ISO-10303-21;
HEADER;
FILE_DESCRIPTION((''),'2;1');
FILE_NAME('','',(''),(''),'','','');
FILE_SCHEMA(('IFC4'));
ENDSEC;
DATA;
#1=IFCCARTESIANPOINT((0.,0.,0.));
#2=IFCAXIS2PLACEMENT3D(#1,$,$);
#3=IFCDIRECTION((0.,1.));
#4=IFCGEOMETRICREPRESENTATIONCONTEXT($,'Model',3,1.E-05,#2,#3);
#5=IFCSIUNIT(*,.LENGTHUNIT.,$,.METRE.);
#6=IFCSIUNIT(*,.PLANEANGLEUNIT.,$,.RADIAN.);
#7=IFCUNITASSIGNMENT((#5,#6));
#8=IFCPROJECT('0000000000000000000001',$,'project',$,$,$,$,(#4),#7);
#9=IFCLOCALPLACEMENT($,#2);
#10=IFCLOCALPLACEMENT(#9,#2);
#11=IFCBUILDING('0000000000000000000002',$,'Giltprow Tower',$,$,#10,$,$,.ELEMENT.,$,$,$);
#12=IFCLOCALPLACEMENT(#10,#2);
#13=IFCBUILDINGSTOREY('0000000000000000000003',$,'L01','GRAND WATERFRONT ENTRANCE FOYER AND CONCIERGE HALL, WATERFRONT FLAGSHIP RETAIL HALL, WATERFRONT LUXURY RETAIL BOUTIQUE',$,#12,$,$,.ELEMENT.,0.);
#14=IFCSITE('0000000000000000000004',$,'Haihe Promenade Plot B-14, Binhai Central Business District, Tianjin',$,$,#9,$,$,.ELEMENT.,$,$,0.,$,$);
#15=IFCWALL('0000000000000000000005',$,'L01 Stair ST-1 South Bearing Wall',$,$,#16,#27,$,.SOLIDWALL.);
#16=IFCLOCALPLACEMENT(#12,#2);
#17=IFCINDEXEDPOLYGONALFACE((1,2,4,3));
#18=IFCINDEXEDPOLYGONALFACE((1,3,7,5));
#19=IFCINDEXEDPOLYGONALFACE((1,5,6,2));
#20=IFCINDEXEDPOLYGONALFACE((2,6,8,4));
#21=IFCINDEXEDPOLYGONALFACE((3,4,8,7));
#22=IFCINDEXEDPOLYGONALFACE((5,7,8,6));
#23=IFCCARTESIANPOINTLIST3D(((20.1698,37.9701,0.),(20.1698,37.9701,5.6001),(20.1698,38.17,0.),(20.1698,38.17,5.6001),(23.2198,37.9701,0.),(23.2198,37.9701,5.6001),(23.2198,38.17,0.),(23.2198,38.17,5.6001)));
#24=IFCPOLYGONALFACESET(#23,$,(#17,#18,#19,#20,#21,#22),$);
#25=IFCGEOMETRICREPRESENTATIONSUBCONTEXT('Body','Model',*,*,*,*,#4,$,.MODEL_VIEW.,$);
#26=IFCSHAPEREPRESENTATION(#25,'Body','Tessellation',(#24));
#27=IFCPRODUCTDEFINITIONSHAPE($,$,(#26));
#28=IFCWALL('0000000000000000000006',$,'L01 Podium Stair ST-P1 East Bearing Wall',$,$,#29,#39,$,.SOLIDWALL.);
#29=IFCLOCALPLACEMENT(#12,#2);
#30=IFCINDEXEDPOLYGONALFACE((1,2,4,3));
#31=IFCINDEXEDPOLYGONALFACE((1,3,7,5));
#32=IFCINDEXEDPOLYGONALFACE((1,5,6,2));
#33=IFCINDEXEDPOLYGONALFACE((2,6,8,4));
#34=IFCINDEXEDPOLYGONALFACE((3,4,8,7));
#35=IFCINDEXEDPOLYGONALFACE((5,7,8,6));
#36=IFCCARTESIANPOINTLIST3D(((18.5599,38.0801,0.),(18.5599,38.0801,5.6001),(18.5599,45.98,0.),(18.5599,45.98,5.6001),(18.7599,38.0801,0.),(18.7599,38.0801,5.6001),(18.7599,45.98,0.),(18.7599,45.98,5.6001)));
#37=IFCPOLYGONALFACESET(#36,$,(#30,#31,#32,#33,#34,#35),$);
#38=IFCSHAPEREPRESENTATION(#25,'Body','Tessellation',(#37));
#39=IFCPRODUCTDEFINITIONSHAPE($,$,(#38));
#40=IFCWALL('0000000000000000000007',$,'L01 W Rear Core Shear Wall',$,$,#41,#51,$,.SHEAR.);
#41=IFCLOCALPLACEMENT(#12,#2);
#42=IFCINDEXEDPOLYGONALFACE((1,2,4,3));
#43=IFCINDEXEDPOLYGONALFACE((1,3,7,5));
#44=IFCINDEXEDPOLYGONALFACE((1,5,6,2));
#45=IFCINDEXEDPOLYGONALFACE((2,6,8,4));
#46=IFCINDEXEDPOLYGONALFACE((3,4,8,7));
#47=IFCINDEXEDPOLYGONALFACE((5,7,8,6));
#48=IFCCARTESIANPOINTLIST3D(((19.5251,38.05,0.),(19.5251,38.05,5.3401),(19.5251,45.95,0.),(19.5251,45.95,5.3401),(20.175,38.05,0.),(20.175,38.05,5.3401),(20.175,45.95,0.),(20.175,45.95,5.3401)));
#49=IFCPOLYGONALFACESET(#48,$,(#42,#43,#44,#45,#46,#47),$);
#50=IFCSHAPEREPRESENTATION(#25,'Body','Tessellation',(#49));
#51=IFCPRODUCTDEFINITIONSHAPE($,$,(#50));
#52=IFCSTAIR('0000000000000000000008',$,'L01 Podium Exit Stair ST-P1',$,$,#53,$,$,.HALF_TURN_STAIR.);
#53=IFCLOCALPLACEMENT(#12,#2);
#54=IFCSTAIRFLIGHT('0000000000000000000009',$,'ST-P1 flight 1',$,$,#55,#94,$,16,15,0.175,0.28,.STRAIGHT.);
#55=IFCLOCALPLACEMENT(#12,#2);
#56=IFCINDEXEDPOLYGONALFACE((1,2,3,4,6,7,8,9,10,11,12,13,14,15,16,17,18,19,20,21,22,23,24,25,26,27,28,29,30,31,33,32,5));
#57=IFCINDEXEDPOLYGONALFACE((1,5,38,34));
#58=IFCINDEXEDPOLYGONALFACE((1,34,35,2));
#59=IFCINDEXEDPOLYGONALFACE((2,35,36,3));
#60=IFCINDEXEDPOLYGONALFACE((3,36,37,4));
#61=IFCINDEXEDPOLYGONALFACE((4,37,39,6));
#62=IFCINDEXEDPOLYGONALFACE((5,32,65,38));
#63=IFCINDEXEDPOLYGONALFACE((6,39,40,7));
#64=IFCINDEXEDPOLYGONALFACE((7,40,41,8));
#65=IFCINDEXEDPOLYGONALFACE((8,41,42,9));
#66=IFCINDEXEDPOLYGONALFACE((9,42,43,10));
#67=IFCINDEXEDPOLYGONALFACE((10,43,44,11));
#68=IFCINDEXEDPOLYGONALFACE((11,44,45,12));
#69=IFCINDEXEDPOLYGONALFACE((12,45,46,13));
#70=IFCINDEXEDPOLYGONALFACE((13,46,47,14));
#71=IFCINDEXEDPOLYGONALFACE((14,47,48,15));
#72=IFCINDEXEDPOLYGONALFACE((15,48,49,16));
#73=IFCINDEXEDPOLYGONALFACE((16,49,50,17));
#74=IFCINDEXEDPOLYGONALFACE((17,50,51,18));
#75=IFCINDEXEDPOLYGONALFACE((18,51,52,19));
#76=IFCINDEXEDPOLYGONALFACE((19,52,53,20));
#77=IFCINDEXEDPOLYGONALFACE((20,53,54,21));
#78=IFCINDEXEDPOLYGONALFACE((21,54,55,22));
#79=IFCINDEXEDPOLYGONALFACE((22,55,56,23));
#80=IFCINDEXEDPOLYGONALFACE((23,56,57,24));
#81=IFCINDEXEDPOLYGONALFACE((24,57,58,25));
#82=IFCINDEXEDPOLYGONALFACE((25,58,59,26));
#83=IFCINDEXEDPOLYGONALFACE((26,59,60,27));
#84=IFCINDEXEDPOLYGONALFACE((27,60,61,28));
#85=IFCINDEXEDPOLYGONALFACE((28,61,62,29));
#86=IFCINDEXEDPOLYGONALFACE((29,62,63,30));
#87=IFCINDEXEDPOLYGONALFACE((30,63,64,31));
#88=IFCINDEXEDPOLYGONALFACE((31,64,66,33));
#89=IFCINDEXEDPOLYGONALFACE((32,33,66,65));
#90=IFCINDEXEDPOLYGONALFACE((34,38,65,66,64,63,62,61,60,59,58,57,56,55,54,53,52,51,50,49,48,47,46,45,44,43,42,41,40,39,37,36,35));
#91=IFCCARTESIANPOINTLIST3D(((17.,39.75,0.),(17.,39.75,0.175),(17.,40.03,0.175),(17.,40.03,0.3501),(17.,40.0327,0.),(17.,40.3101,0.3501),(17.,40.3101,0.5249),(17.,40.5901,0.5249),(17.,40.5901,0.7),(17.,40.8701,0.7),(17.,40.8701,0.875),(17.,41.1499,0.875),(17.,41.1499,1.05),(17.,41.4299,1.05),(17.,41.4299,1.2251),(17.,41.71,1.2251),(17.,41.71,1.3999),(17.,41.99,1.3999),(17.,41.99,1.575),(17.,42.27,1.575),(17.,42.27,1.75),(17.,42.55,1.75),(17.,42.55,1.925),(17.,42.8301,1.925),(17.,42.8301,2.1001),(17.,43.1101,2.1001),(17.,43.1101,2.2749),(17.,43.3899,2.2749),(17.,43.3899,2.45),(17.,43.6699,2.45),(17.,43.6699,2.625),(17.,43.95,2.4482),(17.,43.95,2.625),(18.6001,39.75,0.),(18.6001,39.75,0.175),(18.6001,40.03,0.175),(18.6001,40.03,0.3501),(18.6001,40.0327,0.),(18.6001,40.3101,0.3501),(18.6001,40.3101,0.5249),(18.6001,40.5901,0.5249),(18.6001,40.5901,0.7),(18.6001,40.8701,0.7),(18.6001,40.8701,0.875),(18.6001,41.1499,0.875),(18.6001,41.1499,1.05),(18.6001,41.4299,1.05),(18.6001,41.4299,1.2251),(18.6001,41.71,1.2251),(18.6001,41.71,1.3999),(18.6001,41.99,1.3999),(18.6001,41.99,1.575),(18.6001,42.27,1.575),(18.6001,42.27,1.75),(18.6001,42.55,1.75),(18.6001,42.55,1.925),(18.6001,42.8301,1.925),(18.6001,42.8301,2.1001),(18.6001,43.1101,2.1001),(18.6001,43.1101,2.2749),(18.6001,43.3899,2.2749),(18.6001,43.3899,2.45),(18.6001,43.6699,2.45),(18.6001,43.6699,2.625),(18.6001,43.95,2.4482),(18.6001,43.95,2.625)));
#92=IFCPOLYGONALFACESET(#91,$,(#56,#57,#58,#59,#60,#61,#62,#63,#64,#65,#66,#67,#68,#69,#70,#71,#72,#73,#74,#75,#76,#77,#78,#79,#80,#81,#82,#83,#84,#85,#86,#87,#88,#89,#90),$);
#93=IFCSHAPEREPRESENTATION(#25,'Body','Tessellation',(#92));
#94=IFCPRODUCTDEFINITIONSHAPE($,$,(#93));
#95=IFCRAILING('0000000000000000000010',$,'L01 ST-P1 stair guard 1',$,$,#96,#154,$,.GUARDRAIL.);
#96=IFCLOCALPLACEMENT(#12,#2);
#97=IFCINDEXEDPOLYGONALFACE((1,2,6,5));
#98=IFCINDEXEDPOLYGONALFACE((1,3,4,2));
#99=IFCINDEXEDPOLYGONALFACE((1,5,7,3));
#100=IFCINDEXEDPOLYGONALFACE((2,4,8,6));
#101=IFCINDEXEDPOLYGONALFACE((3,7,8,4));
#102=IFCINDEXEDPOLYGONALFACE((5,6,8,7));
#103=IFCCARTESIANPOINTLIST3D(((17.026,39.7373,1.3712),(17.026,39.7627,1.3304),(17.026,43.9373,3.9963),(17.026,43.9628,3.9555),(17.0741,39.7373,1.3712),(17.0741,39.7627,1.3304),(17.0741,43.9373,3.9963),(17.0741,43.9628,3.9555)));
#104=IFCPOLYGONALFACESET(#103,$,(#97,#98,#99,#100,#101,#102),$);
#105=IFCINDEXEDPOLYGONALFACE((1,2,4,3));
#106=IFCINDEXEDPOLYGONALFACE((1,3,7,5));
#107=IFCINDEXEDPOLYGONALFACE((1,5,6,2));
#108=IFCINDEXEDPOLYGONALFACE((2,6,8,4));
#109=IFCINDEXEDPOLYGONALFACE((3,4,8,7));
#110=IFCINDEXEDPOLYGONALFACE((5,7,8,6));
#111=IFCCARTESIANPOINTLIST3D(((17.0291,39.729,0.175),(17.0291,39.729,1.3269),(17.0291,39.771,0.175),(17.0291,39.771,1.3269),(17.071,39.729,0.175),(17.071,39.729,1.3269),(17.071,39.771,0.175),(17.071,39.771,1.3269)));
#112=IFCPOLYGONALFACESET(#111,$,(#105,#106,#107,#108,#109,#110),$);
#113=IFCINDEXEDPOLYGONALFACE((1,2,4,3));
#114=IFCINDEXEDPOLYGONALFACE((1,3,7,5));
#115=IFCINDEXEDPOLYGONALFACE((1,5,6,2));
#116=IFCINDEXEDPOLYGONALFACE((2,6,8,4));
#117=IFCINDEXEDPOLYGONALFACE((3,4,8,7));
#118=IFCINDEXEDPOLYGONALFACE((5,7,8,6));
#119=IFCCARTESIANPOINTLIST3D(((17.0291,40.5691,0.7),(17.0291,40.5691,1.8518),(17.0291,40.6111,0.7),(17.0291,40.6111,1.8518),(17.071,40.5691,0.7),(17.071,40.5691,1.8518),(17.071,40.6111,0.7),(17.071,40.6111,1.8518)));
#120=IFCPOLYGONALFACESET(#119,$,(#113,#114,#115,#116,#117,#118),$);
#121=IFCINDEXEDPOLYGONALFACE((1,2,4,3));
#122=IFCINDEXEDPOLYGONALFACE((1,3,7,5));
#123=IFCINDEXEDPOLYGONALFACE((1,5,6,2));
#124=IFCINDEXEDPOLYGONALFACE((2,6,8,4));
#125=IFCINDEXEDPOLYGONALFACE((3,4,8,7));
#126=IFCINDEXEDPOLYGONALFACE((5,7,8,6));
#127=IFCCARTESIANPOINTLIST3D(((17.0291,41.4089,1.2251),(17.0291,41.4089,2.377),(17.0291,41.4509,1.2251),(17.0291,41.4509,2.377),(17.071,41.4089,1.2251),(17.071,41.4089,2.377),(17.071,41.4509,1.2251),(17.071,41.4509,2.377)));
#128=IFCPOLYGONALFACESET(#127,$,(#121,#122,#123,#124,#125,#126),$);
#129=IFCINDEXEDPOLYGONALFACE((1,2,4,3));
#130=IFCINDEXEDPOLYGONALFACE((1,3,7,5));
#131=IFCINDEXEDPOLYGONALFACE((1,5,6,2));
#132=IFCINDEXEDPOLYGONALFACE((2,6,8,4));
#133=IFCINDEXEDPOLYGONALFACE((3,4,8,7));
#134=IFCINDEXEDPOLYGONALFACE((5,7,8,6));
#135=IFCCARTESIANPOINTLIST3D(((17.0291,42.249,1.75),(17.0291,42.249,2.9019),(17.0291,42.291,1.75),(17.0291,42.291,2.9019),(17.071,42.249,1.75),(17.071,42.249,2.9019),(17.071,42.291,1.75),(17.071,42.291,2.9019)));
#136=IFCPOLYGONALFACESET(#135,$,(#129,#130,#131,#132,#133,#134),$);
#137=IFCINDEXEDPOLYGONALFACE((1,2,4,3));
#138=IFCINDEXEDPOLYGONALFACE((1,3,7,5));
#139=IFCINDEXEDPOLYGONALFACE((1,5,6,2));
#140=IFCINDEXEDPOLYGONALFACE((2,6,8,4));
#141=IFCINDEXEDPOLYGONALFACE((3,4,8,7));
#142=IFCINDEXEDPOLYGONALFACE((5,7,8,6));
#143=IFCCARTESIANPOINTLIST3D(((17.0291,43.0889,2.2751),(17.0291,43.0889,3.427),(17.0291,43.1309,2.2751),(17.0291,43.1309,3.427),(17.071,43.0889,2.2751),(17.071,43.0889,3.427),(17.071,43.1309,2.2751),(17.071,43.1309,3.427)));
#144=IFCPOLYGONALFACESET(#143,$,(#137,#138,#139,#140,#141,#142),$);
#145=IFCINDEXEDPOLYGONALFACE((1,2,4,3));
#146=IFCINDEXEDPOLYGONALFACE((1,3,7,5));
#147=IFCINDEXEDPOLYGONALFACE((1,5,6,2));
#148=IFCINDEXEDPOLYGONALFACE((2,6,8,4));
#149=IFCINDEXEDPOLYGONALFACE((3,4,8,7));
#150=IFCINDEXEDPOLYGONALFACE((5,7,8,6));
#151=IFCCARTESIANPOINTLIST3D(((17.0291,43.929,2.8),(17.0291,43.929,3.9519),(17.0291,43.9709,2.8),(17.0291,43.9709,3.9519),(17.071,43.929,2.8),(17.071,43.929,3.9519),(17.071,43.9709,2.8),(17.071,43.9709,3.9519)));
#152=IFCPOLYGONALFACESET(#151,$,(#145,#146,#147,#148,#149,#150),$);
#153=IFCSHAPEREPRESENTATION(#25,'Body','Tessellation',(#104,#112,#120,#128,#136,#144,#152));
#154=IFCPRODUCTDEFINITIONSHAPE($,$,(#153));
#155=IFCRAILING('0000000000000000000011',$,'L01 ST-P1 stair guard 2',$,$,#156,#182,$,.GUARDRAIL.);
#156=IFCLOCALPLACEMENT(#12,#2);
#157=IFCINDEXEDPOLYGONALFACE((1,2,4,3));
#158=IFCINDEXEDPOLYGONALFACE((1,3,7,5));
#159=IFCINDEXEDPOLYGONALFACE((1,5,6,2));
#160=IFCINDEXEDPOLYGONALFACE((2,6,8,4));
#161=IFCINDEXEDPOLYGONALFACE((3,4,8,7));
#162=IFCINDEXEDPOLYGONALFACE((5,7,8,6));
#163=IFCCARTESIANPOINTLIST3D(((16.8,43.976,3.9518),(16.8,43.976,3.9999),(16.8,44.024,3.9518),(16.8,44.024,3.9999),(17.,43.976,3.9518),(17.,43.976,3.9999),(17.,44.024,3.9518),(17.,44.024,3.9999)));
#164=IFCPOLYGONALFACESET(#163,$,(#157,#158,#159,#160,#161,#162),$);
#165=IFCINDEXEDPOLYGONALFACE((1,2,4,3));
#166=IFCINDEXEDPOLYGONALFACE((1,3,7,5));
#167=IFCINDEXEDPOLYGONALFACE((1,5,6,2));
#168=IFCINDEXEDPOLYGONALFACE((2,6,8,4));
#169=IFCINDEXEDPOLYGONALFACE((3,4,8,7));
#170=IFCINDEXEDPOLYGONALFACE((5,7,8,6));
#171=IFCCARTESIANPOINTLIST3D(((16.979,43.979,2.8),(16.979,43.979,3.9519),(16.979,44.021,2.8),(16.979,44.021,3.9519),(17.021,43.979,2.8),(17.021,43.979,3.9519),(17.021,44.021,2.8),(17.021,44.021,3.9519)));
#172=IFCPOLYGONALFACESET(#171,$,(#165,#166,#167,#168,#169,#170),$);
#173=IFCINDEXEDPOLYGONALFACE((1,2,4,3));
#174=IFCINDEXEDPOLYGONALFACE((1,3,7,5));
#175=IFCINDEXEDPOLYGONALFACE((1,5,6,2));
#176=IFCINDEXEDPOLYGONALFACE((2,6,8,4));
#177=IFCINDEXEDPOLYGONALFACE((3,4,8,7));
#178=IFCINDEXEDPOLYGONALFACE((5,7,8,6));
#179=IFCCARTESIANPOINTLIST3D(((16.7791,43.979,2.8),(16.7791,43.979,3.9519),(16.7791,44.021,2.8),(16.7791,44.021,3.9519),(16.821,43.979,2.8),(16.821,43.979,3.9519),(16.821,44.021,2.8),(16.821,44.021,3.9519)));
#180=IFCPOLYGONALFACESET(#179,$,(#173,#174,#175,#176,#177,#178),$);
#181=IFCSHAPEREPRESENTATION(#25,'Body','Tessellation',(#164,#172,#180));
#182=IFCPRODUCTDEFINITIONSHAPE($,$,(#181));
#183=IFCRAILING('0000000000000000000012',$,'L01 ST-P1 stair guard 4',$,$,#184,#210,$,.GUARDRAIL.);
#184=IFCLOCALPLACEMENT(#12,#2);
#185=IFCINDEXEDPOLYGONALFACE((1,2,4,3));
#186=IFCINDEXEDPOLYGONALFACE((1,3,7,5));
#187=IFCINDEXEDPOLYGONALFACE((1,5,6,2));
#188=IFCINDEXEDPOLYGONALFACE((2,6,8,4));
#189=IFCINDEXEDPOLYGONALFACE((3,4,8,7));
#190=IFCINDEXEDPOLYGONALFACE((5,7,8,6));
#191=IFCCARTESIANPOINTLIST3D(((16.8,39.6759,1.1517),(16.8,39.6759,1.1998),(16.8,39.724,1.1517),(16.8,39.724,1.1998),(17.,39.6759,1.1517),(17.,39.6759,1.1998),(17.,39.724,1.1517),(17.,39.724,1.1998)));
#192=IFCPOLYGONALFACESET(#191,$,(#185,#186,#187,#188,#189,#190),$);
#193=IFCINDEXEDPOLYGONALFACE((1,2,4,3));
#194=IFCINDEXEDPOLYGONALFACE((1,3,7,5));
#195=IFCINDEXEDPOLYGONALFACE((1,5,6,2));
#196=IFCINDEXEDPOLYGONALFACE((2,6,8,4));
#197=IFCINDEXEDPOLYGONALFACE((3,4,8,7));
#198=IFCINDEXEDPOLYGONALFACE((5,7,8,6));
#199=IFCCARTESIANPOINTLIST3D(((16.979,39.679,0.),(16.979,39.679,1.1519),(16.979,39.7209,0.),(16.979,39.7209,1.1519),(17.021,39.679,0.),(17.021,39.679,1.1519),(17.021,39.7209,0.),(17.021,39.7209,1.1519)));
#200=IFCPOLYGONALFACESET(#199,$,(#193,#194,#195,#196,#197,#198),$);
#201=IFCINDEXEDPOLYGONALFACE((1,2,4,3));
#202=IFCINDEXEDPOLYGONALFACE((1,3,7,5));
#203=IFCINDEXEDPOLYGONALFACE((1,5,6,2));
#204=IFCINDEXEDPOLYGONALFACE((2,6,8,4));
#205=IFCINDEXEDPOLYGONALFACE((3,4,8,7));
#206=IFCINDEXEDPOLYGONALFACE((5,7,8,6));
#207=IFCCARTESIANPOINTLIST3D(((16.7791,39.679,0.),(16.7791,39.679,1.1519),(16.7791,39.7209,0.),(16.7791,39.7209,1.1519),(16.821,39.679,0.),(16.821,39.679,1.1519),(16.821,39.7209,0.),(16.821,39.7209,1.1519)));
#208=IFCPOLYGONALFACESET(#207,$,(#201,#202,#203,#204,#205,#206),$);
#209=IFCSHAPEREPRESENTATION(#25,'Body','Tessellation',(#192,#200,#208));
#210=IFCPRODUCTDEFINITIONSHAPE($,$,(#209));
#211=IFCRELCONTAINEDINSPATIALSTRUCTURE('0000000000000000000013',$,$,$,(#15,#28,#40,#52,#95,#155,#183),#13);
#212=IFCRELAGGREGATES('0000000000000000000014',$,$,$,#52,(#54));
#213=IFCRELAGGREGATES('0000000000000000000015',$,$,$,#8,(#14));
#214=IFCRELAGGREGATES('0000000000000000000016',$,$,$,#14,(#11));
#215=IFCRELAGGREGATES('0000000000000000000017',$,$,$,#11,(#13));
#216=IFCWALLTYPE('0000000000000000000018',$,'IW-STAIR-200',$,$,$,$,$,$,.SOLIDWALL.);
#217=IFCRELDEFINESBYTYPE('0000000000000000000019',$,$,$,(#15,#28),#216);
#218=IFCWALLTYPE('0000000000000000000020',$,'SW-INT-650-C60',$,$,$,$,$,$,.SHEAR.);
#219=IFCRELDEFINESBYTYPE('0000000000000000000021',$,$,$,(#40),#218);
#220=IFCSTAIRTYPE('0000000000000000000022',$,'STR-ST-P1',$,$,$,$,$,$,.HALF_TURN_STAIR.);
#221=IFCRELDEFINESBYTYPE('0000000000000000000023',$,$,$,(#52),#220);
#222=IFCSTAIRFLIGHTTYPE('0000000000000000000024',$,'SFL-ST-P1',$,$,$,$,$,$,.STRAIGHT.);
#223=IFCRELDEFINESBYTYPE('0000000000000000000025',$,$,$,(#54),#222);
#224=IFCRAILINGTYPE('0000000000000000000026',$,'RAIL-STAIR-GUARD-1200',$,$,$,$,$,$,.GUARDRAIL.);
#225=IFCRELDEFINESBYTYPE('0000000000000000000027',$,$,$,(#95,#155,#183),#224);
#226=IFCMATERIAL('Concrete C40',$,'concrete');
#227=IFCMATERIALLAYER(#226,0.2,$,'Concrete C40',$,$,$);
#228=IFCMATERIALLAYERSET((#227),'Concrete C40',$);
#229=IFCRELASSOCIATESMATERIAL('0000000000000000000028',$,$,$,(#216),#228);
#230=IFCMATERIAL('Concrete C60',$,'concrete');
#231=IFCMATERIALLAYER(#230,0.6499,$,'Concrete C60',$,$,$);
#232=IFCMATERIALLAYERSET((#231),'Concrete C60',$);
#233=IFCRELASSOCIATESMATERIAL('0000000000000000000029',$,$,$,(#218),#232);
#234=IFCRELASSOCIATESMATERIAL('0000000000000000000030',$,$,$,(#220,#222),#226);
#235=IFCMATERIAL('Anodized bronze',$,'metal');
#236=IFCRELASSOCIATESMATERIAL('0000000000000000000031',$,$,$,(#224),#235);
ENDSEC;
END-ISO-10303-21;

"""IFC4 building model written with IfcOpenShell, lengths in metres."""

from ifc_helpers import new_model, si_unit, direction, frame, frame_2d, origin, origin_2d, place, context, subcontext, project, spatial, polyline, rectangle, outline, extrude, material, layer, layer_set, type_object, element, aggregate, save


model = new_model("IFC4")

# Units and contexts
model_context = context("Model", 3, precision=1e-05, world=origin(), true_north=direction((0.0, 1.0)))
body_context = subcontext(model_context, "Body", "Model", "MODEL_VIEW")
ifc_project = project(units=[si_unit("LENGTHUNIT", "METRE"), si_unit("PLANEANGLEUNIT", "RADIAN")], contexts=[model_context])

# Site, building, storey
site_placement = place(None, origin())
site = spatial("IfcSite", under=ifc_project, at=site_placement, Name="Haihe Promenade Plot B-14, Binhai Central Business District, Tianjin", CompositionType="ELEMENT", RefElevation=0.0)
building_placement = place(site_placement, origin())
building = spatial("IfcBuilding", under=site, at=building_placement, Name="Giltprow Tower", CompositionType="ELEMENT")
storey_placement = place(building_placement, origin())
storey = spatial("IfcBuildingStorey", under=building, at=storey_placement, Name="L01", Description="GRAND WATERFRONT ENTRANCE FOYER AND CONCIERGE HALL, WATERFRONT FLAGSHIP RETAIL HALL, WATERFRONT LUXURY RETAIL BOUTIQUE", CompositionType="ELEMENT", Elevation=0.0)

# Shared definitions
ifc_material_1 = material(Name="Concrete C60", Category="concrete")

# Walls
ifc_material_2 = material(Name="Concrete C40", Category="concrete")
ifc_layer_1 = layer(ifc_material_2, 0.2, Name="Concrete C40")
ifc_layer_set_1 = layer_set([ifc_layer_1], Name="Concrete C40")
wall_type_1 = type_object("IfcWallType", Name="IW-STAIR-200", PredefinedType="SOLIDWALL", material=ifc_layer_set_1)
for number, where, z_axis, x_axis, name in (
    (1, (20.1699, 38.0701, 0.0), (0.0, 0.0, 1.0), (1.0, 0.0, 0.0), "L01 Stair ST-1 South Bearing Wall"),
):
    element("IfcWall", number, at=place(storey_placement, frame(where, z_axis=z_axis, x_axis=x_axis)), inside=storey, type_object=wall_type_1, Name=name, PredefinedType="SOLIDWALL", context=body_context, shape_type="SweptSolid", body=[
        extrude(rectangle(XDim=3.05, YDim=0.2, at=frame_2d((1.5249, 0.0))), origin(), (0.0, 0.0, 1.0), 5.6001),
    ])
wall_1_placement = place(storey_placement, frame((18.6599, 38.0801, 0.0), z_axis=(0.0, 0.0, 1.0), x_axis=(0.0, 1.0, 0.0)))
element("IfcWall", 2, at=wall_1_placement, inside=storey, type_object=wall_type_1, Name="L01 Podium Stair ST-P1 East Bearing Wall", PredefinedType="SOLIDWALL", context=body_context, shape_type="SweptSolid", body=[
    extrude(rectangle(XDim=7.8999, YDim=0.2, at=frame_2d((3.95, 0.0))), origin(), (0.0, 0.0, 1.0), 5.6001),
])

# Shared definitions
ifc_layer_2 = layer(ifc_material_1, 0.6499, Name="Concrete C60")
ifc_layer_set_2 = layer_set([ifc_layer_2], Name="Concrete C60")
wall_type_2 = type_object("IfcWallType", Name="SW-INT-650-C60", PredefinedType="SHEAR", material=ifc_layer_set_2)

# Wall
wall_2_placement = place(storey_placement, frame((19.8501, 38.05, 0.0), z_axis=(0.0, 0.0, 1.0), x_axis=(0.0, 1.0, 0.0)))
element("IfcWall", 3, at=wall_2_placement, inside=storey, type_object=wall_type_2, Name="L01 W Rear Core Shear Wall", PredefinedType="SHEAR", context=body_context, shape_type="SweptSolid", body=[
    extrude(rectangle(XDim=7.8999, YDim=0.6499, at=frame_2d((3.95, 0.0))), origin(), (0.0, 0.0, 1.0), 5.3401),
])

# Stair, stair flight
stair_type = type_object("IfcStairType", Name="STR-ST-P1", PredefinedType="HALF_TURN_STAIR", material=ifc_material_2)
stair_placement = place(storey_placement, origin())
stair = element("IfcStair", 4, at=stair_placement, inside=storey, type_object=stair_type, Name="L01 Podium Exit Stair ST-P1", PredefinedType="HALF_TURN_STAIR")
stair_flight_type = type_object("IfcStairFlightType", Name="SFL-ST-P1", PredefinedType="STRAIGHT", material=ifc_material_2)
stair_flight_placement = place(storey_placement, frame((17.8, 39.75, 0.0), z_axis=(0.0, 0.0, 1.0), x_axis=(0.0, 1.0, 0.0)))
stair_flight = element("IfcStairFlight", 5, at=stair_flight_placement, type_object=stair_flight_type, Name="ST-P1 flight 1", NumberOfRisers=16, NumberOfTreads=15, PredefinedType="STRAIGHT", RiserHeight=0.175, TreadLength=0.28, context=body_context, shape_type="SweptSolid", body=[
    extrude(outline(polyline([(0.0, 0.0), (0.0, 0.175), (0.28, 0.175), (0.28, 0.3501), (0.5601, 0.3501), (0.5601, 0.5249), (0.8401, 0.5249), (0.8401, 0.7), (1.1201, 0.7), (1.1201, 0.875), (1.3999, 0.875), (1.3999, 1.05), (1.6799, 1.05), (1.6799, 1.2251), (1.96, 1.2251), (1.96, 1.3999), (2.24, 1.3999), (2.24, 1.575), (2.52, 1.575), (2.52, 1.75), (2.8, 1.75), (2.8, 1.925), (3.0801, 1.925), (3.0801, 2.1001), (3.3601, 2.1001), (3.3601, 2.2749), (3.6399, 2.2749), (3.6399, 2.45), (3.9199, 2.45), (3.9199, 2.625), (4.2, 2.625), (4.2, 2.8), (4.2, 2.4482), (0.2827, 0.0), (0.0, 0.0)])), frame((0.0, 0.8, 0.0), z_axis=(0.0, -1.0, 0.0), x_axis=(1.0, 0.0, 0.0)), (0.0, 0.0, 1.0), 1.6001),
])
aggregate(stair, [stair_flight])

# Railings
ifc_material_3 = material(Name="Anodized bronze", Category="metal")
railing_type_1 = type_object("IfcRailingType", Name="RAIL-STAIR-GUARD-1200", PredefinedType="GUARDRAIL", material=ifc_material_3)
railing_1_placement = place(storey_placement, frame((17.05, 39.75, 0.175)))
element("IfcRailing", 6, at=railing_1_placement, inside=storey, type_object=railing_type_1, Name="L01 ST-P1 stair guard 1", PredefinedType="GUARDRAIL", context=body_context, shape_type="SweptSolid", body=[
    extrude(rectangle(XDim=0.0481, YDim=0.0481, at=origin_2d()), frame((0.0, 0.0, 1.1758), z_axis=(0.0, 0.847996, 0.530003), x_axis=(-1.0, 0.0, 0.0)), (0.0, 0.0, 1.0), 4.9529),
    extrude(rectangle(XDim=0.042, YDim=0.042, at=origin_2d()), origin(), (0.0, 0.0, 1.0), 1.1519),
    extrude(rectangle(XDim=0.042, YDim=0.042, at=origin_2d()), frame((0.0, 0.8401, 0.5249)), (0.0, 0.0, 1.0), 1.1519),
    extrude(rectangle(XDim=0.042, YDim=0.042, at=origin_2d()), frame((0.0, 1.6799, 1.05)), (0.0, 0.0, 1.0), 1.1519),
    extrude(rectangle(XDim=0.042, YDim=0.042, at=origin_2d()), frame((0.0, 2.52, 1.575)), (0.0, 0.0, 1.0), 1.1519),
    extrude(rectangle(XDim=0.042, YDim=0.042, at=origin_2d()), frame((0.0, 3.3599, 2.1001)), (0.0, 0.0, 1.0), 1.1519),
    extrude(rectangle(XDim=0.042, YDim=0.042, at=origin_2d()), frame((0.0, 4.2, 2.625)), (0.0, 0.0, 1.0), 1.1519),
])
for number, where, name in (
    (7, (17.0, 44.0, 2.8), "L01 ST-P1 stair guard 2"),
    (8, (17.0, 39.7, 0.0), "L01 ST-P1 stair guard 4"),
):
    element("IfcRailing", number, at=place(storey_placement, frame(where)), inside=storey, type_object=railing_type_1, Name=name, PredefinedType="GUARDRAIL", context=body_context, shape_type="SweptSolid", body=[
        extrude(rectangle(XDim=0.0481, YDim=0.0481, at=origin_2d()), frame((0.0, 0.0, 1.1758), z_axis=(-1.0, 0.0, 0.0), x_axis=(0.0, -1.0, 0.0)), (0.0, 0.0, 1.0), 0.2),
        extrude(rectangle(XDim=0.042, YDim=0.042, at=origin_2d()), origin(), (0.0, 0.0, 1.0), 1.1519),
        extrude(rectangle(XDim=0.042, YDim=0.042, at=origin_2d()), frame((-0.2, 0.0, 0.0)), (0.0, 0.0, 1.0), 1.1519),
    ])

save(model, "model.ifc")
